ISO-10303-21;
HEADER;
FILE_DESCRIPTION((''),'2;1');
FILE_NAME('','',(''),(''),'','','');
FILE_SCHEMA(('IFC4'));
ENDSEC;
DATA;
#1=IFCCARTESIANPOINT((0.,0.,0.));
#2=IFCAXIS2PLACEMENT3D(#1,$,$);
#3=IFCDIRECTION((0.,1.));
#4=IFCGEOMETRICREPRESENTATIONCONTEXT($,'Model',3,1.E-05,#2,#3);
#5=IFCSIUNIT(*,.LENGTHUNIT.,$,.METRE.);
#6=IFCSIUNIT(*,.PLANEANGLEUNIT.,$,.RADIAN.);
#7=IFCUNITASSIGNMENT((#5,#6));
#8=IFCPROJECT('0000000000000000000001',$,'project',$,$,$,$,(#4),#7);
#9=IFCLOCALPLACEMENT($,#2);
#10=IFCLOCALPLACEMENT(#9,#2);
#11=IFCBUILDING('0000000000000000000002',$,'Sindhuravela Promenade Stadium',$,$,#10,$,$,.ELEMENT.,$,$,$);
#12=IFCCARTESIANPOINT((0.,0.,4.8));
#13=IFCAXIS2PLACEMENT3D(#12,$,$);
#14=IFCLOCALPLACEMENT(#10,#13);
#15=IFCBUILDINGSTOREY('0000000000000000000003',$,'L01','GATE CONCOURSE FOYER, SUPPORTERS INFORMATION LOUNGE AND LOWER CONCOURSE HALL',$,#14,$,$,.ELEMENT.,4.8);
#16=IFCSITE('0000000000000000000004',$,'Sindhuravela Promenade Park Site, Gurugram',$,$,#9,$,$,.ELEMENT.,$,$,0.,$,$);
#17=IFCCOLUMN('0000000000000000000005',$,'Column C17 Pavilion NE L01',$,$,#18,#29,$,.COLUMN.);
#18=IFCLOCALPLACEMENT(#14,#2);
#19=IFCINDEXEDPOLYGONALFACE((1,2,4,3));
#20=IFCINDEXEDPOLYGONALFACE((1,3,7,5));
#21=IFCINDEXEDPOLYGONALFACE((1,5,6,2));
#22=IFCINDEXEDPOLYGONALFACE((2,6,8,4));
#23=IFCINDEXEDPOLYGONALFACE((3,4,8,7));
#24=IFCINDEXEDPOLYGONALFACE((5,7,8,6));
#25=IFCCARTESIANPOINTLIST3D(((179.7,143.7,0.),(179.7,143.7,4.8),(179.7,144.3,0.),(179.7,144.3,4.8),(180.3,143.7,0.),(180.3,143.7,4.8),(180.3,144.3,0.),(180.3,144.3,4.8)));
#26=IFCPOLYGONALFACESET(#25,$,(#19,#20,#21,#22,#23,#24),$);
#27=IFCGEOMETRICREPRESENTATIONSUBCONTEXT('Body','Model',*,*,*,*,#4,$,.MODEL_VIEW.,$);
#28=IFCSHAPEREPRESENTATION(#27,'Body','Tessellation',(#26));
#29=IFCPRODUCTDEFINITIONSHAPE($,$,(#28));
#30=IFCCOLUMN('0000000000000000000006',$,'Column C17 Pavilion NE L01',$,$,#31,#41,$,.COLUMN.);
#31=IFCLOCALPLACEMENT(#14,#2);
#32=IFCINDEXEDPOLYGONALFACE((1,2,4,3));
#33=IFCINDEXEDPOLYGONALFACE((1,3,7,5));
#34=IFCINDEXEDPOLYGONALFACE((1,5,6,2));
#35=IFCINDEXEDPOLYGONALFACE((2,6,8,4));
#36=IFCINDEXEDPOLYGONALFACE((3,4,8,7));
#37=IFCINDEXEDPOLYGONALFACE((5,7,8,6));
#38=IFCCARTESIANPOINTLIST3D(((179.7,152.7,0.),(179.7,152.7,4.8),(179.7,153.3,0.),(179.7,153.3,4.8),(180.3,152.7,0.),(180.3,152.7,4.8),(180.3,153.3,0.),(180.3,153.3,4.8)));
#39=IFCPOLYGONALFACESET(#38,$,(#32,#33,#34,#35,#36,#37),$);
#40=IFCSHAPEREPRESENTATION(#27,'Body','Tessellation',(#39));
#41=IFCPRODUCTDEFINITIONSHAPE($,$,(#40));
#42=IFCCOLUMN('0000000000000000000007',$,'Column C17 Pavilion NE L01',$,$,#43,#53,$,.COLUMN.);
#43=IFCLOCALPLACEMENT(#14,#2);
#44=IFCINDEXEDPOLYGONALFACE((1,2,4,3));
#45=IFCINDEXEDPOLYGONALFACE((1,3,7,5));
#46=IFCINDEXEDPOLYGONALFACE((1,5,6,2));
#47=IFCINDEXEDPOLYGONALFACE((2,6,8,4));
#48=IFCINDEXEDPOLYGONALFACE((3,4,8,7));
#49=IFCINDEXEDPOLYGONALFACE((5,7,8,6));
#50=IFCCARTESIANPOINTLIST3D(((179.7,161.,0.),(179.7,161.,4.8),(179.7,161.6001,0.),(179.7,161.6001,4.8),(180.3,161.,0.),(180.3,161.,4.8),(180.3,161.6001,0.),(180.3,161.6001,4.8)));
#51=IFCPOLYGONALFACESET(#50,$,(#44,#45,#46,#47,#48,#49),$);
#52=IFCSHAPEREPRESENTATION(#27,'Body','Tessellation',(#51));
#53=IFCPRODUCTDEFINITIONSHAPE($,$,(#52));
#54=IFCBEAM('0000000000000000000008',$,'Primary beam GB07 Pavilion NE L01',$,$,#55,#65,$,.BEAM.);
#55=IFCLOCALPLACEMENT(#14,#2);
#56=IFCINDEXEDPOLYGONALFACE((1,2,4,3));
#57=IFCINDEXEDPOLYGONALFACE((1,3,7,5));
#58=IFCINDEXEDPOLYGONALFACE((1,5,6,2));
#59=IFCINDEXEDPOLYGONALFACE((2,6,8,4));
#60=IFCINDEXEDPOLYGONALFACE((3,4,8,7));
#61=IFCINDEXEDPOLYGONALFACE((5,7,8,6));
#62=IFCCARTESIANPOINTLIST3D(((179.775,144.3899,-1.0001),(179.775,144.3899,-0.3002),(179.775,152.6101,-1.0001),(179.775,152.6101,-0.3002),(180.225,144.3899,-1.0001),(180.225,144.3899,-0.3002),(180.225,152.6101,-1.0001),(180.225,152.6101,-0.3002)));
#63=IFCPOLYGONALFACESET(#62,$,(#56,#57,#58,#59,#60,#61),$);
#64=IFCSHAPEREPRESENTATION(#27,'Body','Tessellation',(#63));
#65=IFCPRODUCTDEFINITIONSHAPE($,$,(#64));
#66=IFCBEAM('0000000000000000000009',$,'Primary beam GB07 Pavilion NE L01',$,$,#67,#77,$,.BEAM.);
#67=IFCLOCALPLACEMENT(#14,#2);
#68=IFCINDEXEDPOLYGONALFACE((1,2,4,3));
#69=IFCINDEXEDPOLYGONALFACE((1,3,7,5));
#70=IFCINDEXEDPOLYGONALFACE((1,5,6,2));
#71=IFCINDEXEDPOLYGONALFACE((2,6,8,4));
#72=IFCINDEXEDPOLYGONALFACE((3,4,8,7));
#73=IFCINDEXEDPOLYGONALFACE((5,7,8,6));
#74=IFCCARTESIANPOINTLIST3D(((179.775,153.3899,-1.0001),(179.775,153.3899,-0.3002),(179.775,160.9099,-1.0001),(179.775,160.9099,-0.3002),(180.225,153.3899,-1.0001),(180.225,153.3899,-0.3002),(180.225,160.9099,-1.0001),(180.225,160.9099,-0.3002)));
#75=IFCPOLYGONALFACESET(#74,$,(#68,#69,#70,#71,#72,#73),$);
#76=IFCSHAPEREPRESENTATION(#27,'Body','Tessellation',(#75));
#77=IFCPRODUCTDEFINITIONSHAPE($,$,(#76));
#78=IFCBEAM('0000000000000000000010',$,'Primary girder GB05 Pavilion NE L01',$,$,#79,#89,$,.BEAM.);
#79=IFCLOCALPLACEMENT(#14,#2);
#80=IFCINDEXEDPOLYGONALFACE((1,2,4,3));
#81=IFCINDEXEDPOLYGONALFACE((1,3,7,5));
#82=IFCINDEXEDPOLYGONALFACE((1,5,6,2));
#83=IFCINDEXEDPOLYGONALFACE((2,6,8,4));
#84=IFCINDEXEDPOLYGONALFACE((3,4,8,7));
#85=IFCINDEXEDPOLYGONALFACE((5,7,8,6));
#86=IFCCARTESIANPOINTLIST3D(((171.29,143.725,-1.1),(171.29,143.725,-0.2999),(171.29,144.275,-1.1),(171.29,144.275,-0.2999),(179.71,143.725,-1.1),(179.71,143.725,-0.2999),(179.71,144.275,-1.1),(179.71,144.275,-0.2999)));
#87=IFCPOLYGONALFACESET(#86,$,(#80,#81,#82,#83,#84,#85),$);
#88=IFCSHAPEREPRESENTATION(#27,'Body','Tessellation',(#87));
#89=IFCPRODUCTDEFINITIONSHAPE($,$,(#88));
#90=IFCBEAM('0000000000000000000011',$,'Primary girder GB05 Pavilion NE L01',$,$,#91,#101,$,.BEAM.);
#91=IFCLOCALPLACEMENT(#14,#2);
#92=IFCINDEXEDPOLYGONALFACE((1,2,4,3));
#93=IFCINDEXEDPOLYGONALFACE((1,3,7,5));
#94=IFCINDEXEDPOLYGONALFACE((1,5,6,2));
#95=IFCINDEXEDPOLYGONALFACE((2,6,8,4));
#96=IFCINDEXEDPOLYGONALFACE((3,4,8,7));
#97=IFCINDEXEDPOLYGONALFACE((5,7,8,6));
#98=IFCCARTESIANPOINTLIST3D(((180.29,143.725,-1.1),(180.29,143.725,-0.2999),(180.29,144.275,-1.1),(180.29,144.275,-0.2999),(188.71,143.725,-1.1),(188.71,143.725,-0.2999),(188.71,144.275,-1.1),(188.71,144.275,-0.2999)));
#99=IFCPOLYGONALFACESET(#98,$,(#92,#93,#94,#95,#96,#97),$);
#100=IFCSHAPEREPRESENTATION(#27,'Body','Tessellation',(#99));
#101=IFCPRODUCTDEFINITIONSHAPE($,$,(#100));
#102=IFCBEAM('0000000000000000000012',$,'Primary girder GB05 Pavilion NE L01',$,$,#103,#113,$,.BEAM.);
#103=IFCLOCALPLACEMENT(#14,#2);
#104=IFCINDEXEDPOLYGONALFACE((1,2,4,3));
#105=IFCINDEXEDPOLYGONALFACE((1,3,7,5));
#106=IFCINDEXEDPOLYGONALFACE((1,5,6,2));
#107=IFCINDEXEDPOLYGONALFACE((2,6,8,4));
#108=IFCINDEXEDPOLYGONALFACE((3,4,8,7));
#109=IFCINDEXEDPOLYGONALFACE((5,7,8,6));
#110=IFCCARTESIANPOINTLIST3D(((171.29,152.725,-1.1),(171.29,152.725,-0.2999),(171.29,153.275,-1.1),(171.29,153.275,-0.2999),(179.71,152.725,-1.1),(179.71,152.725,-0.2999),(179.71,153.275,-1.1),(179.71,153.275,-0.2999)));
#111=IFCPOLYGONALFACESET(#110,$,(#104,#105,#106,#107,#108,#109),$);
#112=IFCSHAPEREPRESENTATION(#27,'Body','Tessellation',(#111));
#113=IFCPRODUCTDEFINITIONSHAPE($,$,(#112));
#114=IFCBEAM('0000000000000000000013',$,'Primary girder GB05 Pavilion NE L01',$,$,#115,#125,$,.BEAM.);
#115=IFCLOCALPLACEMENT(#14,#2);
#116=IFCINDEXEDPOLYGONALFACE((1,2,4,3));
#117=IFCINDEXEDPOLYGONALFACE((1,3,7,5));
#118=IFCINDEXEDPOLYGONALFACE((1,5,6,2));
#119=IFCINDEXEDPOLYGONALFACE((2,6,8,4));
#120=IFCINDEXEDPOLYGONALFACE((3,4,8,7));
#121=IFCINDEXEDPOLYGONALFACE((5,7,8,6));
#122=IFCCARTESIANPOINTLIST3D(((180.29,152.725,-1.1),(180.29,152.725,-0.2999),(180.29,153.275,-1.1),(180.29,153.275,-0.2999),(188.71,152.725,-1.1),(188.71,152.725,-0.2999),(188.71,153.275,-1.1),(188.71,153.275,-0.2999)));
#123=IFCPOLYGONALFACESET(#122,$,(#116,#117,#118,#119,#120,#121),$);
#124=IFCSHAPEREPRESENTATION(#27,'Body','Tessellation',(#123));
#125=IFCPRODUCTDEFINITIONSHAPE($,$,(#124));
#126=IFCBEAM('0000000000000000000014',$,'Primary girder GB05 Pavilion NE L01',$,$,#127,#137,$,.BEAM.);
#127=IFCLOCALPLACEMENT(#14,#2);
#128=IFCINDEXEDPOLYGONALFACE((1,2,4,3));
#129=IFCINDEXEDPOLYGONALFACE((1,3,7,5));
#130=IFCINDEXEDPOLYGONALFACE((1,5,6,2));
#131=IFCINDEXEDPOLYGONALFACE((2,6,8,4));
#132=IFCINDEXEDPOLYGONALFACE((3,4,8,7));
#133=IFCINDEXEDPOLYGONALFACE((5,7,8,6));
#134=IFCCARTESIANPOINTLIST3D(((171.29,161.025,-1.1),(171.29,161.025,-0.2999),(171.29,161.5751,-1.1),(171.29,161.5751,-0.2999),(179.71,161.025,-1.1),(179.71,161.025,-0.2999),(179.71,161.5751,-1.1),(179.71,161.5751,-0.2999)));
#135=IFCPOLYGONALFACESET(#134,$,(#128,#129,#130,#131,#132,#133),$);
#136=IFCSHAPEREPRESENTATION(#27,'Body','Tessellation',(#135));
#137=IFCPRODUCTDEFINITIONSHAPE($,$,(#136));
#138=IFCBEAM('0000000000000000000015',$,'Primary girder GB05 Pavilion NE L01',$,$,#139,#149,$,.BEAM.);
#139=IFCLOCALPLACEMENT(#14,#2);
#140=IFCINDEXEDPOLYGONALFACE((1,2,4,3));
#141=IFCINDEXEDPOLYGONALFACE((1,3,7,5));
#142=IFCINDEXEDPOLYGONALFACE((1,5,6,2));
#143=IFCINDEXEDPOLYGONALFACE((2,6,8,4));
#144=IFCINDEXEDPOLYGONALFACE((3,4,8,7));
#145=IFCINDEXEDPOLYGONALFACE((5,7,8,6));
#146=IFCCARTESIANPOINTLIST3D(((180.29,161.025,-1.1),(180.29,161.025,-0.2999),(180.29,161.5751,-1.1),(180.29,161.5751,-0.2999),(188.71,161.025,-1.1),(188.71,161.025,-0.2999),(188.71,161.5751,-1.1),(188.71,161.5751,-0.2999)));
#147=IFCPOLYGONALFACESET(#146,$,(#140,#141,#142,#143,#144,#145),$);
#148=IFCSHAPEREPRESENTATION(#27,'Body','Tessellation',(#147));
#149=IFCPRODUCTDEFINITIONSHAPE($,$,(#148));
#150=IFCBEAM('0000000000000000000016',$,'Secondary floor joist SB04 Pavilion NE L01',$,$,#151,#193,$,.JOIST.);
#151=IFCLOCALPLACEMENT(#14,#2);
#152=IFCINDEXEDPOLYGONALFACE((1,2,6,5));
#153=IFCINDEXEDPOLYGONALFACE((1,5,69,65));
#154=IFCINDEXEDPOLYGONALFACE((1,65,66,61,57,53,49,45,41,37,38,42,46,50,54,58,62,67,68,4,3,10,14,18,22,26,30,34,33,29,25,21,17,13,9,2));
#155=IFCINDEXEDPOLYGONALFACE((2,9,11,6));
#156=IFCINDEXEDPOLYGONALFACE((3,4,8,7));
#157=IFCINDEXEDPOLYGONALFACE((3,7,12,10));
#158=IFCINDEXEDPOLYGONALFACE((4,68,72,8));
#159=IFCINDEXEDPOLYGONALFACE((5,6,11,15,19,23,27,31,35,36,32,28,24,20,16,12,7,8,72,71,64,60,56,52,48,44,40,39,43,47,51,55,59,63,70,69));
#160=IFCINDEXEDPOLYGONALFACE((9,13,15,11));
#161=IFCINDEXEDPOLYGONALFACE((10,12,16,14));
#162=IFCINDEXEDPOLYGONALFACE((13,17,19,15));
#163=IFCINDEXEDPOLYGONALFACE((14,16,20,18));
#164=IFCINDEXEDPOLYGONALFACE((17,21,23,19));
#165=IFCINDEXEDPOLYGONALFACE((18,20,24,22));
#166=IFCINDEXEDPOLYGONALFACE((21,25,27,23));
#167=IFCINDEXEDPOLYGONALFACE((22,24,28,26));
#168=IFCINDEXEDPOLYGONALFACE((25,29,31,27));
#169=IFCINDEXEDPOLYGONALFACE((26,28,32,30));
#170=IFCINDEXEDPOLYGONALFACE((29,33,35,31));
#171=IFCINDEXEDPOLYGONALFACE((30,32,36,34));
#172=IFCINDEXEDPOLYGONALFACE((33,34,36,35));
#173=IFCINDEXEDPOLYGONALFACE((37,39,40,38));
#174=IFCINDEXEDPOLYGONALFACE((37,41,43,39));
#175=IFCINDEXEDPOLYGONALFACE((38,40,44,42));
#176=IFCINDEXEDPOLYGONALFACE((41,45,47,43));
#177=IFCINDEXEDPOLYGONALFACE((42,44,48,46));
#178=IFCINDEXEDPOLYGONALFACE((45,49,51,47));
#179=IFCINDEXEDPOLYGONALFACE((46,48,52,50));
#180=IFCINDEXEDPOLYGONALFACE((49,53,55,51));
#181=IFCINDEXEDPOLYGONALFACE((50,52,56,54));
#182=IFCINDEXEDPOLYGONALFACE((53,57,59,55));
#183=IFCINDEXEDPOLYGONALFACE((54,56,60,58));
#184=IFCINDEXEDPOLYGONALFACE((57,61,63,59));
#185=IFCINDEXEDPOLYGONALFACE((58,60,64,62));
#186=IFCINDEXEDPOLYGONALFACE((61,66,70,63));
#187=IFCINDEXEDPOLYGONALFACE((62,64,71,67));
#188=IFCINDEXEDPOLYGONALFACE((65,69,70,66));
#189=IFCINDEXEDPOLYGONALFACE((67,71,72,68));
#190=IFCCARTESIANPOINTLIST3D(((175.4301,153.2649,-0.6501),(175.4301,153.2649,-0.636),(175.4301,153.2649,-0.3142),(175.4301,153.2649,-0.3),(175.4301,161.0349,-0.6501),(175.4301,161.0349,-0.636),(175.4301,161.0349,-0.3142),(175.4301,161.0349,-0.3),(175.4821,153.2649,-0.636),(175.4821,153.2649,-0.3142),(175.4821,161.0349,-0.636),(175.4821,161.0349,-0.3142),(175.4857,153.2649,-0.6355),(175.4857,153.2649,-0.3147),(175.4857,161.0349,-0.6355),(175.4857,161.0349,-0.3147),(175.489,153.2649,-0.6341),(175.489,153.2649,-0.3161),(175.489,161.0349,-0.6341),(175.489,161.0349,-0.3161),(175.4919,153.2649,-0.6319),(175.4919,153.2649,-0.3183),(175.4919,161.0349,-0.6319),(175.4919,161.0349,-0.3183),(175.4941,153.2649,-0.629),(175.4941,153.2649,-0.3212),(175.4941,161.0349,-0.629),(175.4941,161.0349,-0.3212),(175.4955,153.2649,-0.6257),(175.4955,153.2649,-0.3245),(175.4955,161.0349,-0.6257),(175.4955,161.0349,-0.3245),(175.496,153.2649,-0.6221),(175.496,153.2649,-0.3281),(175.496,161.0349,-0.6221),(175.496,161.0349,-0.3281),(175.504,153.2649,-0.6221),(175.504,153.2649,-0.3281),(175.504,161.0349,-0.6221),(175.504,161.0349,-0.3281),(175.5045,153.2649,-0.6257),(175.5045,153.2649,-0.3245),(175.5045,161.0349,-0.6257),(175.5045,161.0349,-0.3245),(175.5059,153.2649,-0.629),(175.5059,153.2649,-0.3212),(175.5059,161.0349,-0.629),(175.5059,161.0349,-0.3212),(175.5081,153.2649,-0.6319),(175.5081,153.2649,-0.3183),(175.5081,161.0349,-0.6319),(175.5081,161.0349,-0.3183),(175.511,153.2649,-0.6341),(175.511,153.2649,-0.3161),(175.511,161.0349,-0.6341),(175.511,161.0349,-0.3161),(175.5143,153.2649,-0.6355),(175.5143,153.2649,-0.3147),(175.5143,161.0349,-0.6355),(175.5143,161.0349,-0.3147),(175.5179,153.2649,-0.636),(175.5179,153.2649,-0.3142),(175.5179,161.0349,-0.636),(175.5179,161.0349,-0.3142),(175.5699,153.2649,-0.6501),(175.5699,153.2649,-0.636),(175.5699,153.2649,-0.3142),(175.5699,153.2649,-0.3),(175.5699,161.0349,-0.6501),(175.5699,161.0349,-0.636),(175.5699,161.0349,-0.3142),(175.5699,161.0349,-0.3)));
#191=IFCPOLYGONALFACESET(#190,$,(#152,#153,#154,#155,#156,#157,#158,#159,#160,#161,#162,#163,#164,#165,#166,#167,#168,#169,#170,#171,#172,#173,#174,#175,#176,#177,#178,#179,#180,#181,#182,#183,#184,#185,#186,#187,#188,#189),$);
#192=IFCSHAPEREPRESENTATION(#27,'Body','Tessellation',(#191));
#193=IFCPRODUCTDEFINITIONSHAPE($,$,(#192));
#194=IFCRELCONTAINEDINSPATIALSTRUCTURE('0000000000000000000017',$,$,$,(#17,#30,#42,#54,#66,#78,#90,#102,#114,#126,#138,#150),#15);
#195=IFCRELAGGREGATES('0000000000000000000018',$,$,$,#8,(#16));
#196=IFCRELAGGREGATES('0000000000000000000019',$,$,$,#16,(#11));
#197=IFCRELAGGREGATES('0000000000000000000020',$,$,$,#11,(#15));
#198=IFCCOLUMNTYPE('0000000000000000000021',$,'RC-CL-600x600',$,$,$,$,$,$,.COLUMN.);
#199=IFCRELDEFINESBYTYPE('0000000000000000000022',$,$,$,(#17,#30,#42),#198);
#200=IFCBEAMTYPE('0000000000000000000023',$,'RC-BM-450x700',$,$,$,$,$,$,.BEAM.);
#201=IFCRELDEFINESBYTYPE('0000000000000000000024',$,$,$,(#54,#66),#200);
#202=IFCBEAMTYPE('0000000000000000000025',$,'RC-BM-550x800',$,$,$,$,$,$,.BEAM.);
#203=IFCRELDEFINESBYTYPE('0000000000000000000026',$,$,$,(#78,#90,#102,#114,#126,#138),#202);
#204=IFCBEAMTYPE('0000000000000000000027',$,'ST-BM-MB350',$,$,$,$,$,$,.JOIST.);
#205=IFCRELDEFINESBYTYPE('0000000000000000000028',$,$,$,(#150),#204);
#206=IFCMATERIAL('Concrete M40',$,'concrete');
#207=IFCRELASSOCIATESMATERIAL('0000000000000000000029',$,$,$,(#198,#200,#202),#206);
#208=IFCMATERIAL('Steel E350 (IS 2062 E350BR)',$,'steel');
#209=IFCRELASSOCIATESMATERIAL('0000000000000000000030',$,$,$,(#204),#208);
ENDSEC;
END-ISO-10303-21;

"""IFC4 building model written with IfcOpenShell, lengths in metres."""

from ifc_helpers import new_model, si_unit, direction, frame, origin, origin_2d, place, context, subcontext, project, spatial, rectangle, i_section, extrude, material, material_profile, profile_set, type_object, element, save


model = new_model("IFC4")

# Units and contexts
model_context = context("Model", 3, precision=1e-05, world=origin(), true_north=direction((0.0, 1.0)))
body_context = subcontext(model_context, "Body", "Model", "MODEL_VIEW")
ifc_project = project(units=[si_unit("LENGTHUNIT", "METRE"), si_unit("PLANEANGLEUNIT", "RADIAN")], contexts=[model_context])

# Site, building, storey
site_placement = place(None, origin())
site = spatial("IfcSite", under=ifc_project, at=site_placement, Name="Sindhuravela Promenade Park Site, Gurugram", CompositionType="ELEMENT", RefElevation=0.0)
building_placement = place(site_placement, origin())
building = spatial("IfcBuilding", under=site, at=building_placement, Name="Sindhuravela Promenade Stadium", CompositionType="ELEMENT")
storey_placement = place(building_placement, frame((0.0, 0.0, 4.8)))
storey = spatial("IfcBuildingStorey", under=building, at=storey_placement, Name="L01", Description="GATE CONCOURSE FOYER, SUPPORTERS INFORMATION LOUNGE AND LOWER CONCOURSE HALL", CompositionType="ELEMENT", Elevation=4.8)

# Columns
ifc_material_1 = material(Name="Concrete M40", Category="concrete")
ifc_material_profile_1 = material_profile(ifc_material_1, rectangle(XDim=0.6001, YDim=0.6001, at=origin_2d()), Name="RC 600x600")
ifc_profile_set_1 = profile_set([ifc_material_profile_1], Name="Concrete M40")
column_type = type_object("IfcColumnType", Name="RC-CL-600x600", PredefinedType="COLUMN", material=ifc_profile_set_1)
for number, where, z_axis, x_axis, name in (
    (1, (180.0, 144.0, 0.0), (0.0, 0.0, 1.0), (1.0, 0.0, 0.0), "Column C17 Pavilion NE L01"),
    (2, (180.0, 153.0, 0.0), (0.0, 0.0, 1.0), (1.0, 0.0, 0.0), "Column C17 Pavilion NE L01"),
    (3, (180.0, 161.3, 0.0), (0.0, 0.0, 1.0), (1.0, 0.0, 0.0), "Column C17 Pavilion NE L01"),
):
    element("IfcColumn", number, at=place(storey_placement, frame(where, z_axis=z_axis, x_axis=x_axis)), inside=storey, type_object=column_type, Name=name, PredefinedType="COLUMN", context=body_context, shape_type="SweptSolid", body=[
        extrude(rectangle(XDim=0.6001, YDim=0.6001, at=origin_2d()), origin(), (0.0, 0.0, 1.0), 4.8),
    ])

# Beams
ifc_material_profile_2 = material_profile(ifc_material_1, rectangle(XDim=0.45, YDim=0.7, at=origin_2d()), Name="RC 450x700")
ifc_profile_set_2 = profile_set([ifc_material_profile_2], Name="Concrete M40")
beam_type_1 = type_object("IfcBeamType", Name="RC-BM-450x700", PredefinedType="BEAM", material=ifc_profile_set_2)
beam_1_placement = place(storey_placement, frame((180.0, 144.3899, -0.6501), z_axis=(0.0, 1.0, 0.0), x_axis=(-1.0, 0.0, 0.0)))
element("IfcBeam", 4, at=beam_1_placement, inside=storey, type_object=beam_type_1, Name="Primary beam GB07 Pavilion NE L01", PredefinedType="BEAM", context=body_context, shape_type="SweptSolid", body=[
    extrude(rectangle(XDim=0.45, YDim=0.7, at=origin_2d()), origin(), (0.0, 0.0, 1.0), 8.2202),
])
beam_2_placement = place(storey_placement, frame((180.0, 153.3899, -0.6501), z_axis=(0.0, 1.0, 0.0), x_axis=(-1.0, 0.0, 0.0)))
element("IfcBeam", 5, at=beam_2_placement, inside=storey, type_object=beam_type_1, Name="Primary beam GB07 Pavilion NE L01", PredefinedType="BEAM", context=body_context, shape_type="SweptSolid", body=[
    extrude(rectangle(XDim=0.45, YDim=0.7, at=origin_2d()), origin(), (0.0, 0.0, 1.0), 7.52),
])
ifc_material_profile_3 = material_profile(ifc_material_1, rectangle(XDim=0.55, YDim=0.8, at=origin_2d()), Name="RC 550x800")
ifc_profile_set_3 = profile_set([ifc_material_profile_3], Name="Concrete M40")
beam_type_2 = type_object("IfcBeamType", Name="RC-BM-550x800", PredefinedType="BEAM", material=ifc_profile_set_3)
for number, where, z_axis, x_axis, name in (
    (6, (171.29, 144.0, -0.7), (1.0, 0.0, 0.0), (0.0, 1.0, 0.0), "Primary girder GB05 Pavilion NE L01"),
    (7, (180.29, 144.0, -0.7), (1.0, 0.0, 0.0), (0.0, 1.0, 0.0), "Primary girder GB05 Pavilion NE L01"),
    (8, (171.29, 153.0, -0.7), (1.0, 0.0, 0.0), (0.0, 1.0, 0.0), "Primary girder GB05 Pavilion NE L01"),
    (9, (180.29, 153.0, -0.7), (1.0, 0.0, 0.0), (0.0, 1.0, 0.0), "Primary girder GB05 Pavilion NE L01"),
    (10, (171.29, 161.3, -0.7), (1.0, 0.0, 0.0), (0.0, 1.0, 0.0), "Primary girder GB05 Pavilion NE L01"),
    (11, (180.29, 161.3, -0.7), (1.0, 0.0, 0.0), (0.0, 1.0, 0.0), "Primary girder GB05 Pavilion NE L01"),
):
    element("IfcBeam", number, at=place(storey_placement, frame(where, z_axis=z_axis, x_axis=x_axis)), inside=storey, type_object=beam_type_2, Name=name, PredefinedType="BEAM", context=body_context, shape_type="SweptSolid", body=[
        extrude(rectangle(XDim=0.55, YDim=0.8, at=origin_2d()), origin(), (0.0, 0.0, 1.0), 8.4199),
    ])
ifc_material_2 = material(Name="Steel E350 (IS 2062 E350BR)", Category="steel")
ifc_material_profile_4 = material_profile(ifc_material_2, i_section(OverallWidth=0.1399, OverallDepth=0.3501, WebThickness=0.0081, FlangeThickness=0.0142, FilletRadius=0.0139, at=origin_2d()), Name="ISMB 350")
ifc_profile_set_4 = profile_set([ifc_material_profile_4], Name="Steel E350 (IS 2062 E350BR)")
beam_type_3 = type_object("IfcBeamType", Name="ST-BM-MB350", PredefinedType="JOIST", material=ifc_profile_set_4)
beam_3_placement = place(storey_placement, frame((175.5, 153.2649, -0.4751), z_axis=(0.0, 1.0, 0.0), x_axis=(-1.0, 0.0, 0.0)))
element("IfcBeam", 12, at=beam_3_placement, inside=storey, type_object=beam_type_3, Name="Secondary floor joist SB04 Pavilion NE L01", PredefinedType="JOIST", context=body_context, shape_type="SweptSolid", body=[
    extrude(i_section(OverallWidth=0.1399, OverallDepth=0.3501, WebThickness=0.0081, FlangeThickness=0.0142, FilletRadius=0.0139, at=origin_2d()), origin(), (0.0, 0.0, 1.0), 7.77),
])

save(model, "model.ifc")
